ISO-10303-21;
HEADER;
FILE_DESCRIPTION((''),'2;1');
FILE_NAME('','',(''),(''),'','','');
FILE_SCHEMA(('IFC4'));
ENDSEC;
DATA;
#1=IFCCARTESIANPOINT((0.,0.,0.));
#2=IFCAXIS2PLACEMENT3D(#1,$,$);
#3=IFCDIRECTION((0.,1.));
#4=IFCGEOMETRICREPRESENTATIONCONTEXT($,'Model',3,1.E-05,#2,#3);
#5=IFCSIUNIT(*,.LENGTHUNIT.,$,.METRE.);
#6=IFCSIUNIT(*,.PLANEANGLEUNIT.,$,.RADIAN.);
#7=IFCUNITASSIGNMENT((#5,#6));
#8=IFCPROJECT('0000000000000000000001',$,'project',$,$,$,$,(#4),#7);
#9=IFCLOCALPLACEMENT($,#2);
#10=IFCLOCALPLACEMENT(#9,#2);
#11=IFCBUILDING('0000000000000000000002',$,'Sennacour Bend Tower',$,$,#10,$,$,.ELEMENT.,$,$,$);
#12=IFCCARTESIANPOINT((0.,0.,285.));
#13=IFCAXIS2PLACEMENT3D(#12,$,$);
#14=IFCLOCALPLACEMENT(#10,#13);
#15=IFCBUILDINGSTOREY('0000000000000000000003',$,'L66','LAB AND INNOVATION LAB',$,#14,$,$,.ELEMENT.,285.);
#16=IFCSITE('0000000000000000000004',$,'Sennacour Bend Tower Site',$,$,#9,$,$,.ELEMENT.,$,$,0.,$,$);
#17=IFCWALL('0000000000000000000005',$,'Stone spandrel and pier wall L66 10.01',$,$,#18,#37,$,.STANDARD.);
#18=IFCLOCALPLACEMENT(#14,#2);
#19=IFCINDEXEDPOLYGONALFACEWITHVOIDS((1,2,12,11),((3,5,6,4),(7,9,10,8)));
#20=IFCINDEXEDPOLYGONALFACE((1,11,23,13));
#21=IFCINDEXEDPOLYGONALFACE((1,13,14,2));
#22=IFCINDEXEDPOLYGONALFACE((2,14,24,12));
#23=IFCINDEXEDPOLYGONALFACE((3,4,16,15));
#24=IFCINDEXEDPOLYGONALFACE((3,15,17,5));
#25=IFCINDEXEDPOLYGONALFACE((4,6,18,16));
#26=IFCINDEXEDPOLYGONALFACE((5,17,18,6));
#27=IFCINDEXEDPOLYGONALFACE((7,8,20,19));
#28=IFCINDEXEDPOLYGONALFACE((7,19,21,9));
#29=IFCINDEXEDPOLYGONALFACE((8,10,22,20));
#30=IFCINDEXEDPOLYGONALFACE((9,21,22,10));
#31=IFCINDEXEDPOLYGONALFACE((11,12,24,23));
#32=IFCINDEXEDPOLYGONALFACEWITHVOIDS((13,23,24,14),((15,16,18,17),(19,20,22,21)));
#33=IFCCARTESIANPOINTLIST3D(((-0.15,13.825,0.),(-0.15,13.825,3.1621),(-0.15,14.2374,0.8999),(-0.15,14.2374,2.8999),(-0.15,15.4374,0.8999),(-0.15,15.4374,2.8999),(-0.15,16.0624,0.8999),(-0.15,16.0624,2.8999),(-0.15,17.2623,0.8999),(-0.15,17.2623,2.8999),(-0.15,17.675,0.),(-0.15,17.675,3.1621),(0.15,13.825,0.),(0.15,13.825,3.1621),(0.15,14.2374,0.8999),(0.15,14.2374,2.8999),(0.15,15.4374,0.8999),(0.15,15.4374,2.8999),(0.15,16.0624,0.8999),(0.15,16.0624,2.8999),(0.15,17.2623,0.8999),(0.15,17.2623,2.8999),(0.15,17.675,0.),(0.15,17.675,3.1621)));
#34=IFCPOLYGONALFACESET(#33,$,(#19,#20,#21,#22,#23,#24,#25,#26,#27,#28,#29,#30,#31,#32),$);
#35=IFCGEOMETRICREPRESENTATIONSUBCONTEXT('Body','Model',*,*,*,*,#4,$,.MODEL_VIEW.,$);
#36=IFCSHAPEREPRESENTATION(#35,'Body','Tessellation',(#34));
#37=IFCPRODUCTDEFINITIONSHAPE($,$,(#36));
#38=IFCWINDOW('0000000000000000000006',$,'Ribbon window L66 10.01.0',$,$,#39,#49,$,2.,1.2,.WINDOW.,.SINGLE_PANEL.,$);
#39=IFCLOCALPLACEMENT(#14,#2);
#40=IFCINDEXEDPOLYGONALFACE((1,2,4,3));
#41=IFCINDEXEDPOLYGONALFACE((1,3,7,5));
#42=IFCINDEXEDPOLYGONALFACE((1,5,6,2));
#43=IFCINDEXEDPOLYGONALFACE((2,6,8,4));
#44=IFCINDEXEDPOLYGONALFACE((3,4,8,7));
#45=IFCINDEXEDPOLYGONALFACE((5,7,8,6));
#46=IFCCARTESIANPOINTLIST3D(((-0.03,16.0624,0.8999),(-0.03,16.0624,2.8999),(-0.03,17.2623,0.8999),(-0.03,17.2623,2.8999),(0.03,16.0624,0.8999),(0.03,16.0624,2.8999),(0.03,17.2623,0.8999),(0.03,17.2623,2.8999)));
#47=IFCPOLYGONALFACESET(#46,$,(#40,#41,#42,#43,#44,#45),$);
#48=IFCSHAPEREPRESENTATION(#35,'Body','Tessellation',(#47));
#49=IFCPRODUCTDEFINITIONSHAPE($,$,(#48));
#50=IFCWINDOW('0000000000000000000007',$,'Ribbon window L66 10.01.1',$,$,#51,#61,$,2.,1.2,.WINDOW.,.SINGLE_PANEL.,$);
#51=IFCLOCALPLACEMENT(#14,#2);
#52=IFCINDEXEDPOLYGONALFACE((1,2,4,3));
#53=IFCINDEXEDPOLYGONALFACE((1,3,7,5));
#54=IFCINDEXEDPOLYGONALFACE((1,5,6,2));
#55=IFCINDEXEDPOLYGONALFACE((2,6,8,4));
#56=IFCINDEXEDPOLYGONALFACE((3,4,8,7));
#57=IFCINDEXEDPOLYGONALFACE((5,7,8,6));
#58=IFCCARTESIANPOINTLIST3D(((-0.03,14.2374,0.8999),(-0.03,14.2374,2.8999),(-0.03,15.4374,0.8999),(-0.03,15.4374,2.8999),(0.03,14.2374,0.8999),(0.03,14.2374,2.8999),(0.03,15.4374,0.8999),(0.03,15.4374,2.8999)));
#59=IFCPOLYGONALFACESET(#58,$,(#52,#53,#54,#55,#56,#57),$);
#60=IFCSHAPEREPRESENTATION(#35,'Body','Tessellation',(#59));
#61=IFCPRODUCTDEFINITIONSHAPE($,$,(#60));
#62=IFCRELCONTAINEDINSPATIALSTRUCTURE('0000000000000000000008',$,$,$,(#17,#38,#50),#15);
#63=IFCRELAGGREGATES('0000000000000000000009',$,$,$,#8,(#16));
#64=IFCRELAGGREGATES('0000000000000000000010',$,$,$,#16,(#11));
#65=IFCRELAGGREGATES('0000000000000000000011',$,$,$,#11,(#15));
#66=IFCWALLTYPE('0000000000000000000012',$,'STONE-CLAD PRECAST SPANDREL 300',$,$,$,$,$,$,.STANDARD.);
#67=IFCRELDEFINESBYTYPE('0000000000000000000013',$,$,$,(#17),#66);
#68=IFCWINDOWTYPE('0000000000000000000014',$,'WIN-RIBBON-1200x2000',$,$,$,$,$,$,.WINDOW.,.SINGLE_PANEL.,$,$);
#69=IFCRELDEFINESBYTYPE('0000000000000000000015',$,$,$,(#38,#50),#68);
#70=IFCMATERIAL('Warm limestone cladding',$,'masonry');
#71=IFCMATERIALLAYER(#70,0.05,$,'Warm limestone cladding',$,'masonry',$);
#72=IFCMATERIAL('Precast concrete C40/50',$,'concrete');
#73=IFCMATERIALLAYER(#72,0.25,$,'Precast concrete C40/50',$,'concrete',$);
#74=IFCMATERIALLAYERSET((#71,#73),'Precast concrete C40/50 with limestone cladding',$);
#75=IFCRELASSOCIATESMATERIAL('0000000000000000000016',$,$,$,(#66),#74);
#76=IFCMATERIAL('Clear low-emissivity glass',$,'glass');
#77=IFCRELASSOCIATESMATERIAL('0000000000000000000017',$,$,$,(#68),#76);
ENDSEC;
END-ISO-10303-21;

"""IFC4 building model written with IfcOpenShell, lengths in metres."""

from ifc_helpers import new_model, si_unit, direction, frame, frame_2d, origin, place, context, subcontext, project, spatial, rectangle, extrude, material, layer, layer_set, type_object, element, fill, save


model = new_model("IFC4")

# Units and contexts
model_context = context("Model", 3, precision=1e-05, world=origin(), true_north=direction((0.0, 1.0)))
body_context = subcontext(model_context, "Body", "Model", "MODEL_VIEW")
ifc_project = project(units=[si_unit("LENGTHUNIT", "METRE"), si_unit("PLANEANGLEUNIT", "RADIAN")], contexts=[model_context])

# Site, building, storey
site_placement = place(None, origin())
site = spatial("IfcSite", under=ifc_project, at=site_placement, Name="Sennacour Bend Tower Site", CompositionType="ELEMENT", RefElevation=0.0)
building_placement = place(site_placement, origin())
building = spatial("IfcBuilding", under=site, at=building_placement, Name="Sennacour Bend Tower", CompositionType="ELEMENT")
storey_placement = place(building_placement, frame((0.0, 0.0, 285.0)))
storey = spatial("IfcBuildingStorey", under=building, at=storey_placement, Name="L66", Description="LAB AND INNOVATION LAB", CompositionType="ELEMENT", Elevation=285.0)

# Wall, openings, windows
ifc_material_1 = material(Name="Warm limestone cladding", Category="masonry")
ifc_layer_1 = layer(ifc_material_1, 0.05, Name="Warm limestone cladding", Category="masonry")
ifc_material_2 = material(Name="Precast concrete C40/50", Category="concrete")
ifc_layer_2 = layer(ifc_material_2, 0.25, Name="Precast concrete C40/50", Category="concrete")
ifc_layer_set_1 = layer_set([ifc_layer_1, ifc_layer_2], Name="Precast concrete C40/50 with limestone cladding")
wall_type_1 = type_object("IfcWallType", Name="STONE-CLAD PRECAST SPANDREL 300", PredefinedType="STANDARD", material=ifc_layer_set_1)
ifc_material_3 = material(Name="Clear low-emissivity glass", Category="glass")
window_type_1 = type_object("IfcWindowType", Name="WIN-RIBBON-1200x2000", PartitioningType="SINGLE_PANEL", PredefinedType="WINDOW", material=ifc_material_3)
wall_1_placement = place(storey_placement, frame((0.0, 17.675, 0.0), z_axis=(0.0, 0.0, 1.0), x_axis=(0.0, -1.0, 0.0)))
wall_1 = element("IfcWall", 1, at=wall_1_placement, inside=storey, type_object=wall_type_1, Name="Stone spandrel and pier wall L66 10.01", PredefinedType="STANDARD", context=body_context, shape_type="SweptSolid", body=[
    extrude(rectangle(XDim=3.8501, YDim=0.3, at=frame_2d((1.925, 0.0))), origin(), (0.0, 0.0, 1.0), 3.1621),
])
opening_1_placement = place(wall_1_placement, frame((0.4126, 0.0, 0.8999)))
opening_1 = element("IfcOpeningElement", 2, at=opening_1_placement, cuts=wall_1, PredefinedType="OPENING", context=body_context, shape_type="SweptSolid", body=[
    extrude(rectangle(XDim=1.2, YDim=2.0, at=frame_2d((0.6001, 1.0))), frame((0.0, 0.1602, 0.0), z_axis=(0.0, -1.0, 0.0), x_axis=(1.0, 0.0, 0.0)), (0.0, 0.0, 1.0), 0.3201),
])
opening_2_placement = place(wall_1_placement, frame((2.2375, 0.0, 0.8999)))
opening_2 = element("IfcOpeningElement", 3, at=opening_2_placement, cuts=wall_1, PredefinedType="OPENING", context=body_context, shape_type="SweptSolid", body=[
    extrude(rectangle(XDim=1.2, YDim=2.0, at=frame_2d((0.6001, 1.0))), frame((0.0, 0.1602, 0.0), z_axis=(0.0, -1.0, 0.0), x_axis=(1.0, 0.0, 0.0)), (0.0, 0.0, 1.0), 0.3201),
])
window_1_placement = place(opening_1_placement, origin())
window_1 = element("IfcWindow", 4, at=window_1_placement, inside=storey, type_object=window_type_1, Name="Ribbon window L66 10.01.0", OverallHeight=2.0, OverallWidth=1.2, PartitioningType="SINGLE_PANEL", PredefinedType="WINDOW", context=body_context, shape_type="SweptSolid", body=[
    extrude(rectangle(XDim=1.2, YDim=2.0, at=frame_2d((0.6001, 1.0))), frame((0.0, 0.03, 0.0), z_axis=(0.0, -1.0, 0.0), x_axis=(1.0, 0.0, 0.0)), (0.0, 0.0, 1.0), 0.0601),
])
fill(opening_1, window_1)
window_2_placement = place(opening_2_placement, origin())
window_2 = element("IfcWindow", 5, at=window_2_placement, inside=storey, type_object=window_type_1, Name="Ribbon window L66 10.01.1", OverallHeight=2.0, OverallWidth=1.2, PartitioningType="SINGLE_PANEL", PredefinedType="WINDOW", context=body_context, shape_type="SweptSolid", body=[
    extrude(rectangle(XDim=1.2, YDim=2.0, at=frame_2d((0.6001, 1.0))), frame((0.0, 0.03, 0.0), z_axis=(0.0, -1.0, 0.0), x_axis=(1.0, 0.0, 0.0)), (0.0, 0.0, 1.0), 0.0601),
])
fill(opening_2, window_2)

save(model, "model.ifc")
